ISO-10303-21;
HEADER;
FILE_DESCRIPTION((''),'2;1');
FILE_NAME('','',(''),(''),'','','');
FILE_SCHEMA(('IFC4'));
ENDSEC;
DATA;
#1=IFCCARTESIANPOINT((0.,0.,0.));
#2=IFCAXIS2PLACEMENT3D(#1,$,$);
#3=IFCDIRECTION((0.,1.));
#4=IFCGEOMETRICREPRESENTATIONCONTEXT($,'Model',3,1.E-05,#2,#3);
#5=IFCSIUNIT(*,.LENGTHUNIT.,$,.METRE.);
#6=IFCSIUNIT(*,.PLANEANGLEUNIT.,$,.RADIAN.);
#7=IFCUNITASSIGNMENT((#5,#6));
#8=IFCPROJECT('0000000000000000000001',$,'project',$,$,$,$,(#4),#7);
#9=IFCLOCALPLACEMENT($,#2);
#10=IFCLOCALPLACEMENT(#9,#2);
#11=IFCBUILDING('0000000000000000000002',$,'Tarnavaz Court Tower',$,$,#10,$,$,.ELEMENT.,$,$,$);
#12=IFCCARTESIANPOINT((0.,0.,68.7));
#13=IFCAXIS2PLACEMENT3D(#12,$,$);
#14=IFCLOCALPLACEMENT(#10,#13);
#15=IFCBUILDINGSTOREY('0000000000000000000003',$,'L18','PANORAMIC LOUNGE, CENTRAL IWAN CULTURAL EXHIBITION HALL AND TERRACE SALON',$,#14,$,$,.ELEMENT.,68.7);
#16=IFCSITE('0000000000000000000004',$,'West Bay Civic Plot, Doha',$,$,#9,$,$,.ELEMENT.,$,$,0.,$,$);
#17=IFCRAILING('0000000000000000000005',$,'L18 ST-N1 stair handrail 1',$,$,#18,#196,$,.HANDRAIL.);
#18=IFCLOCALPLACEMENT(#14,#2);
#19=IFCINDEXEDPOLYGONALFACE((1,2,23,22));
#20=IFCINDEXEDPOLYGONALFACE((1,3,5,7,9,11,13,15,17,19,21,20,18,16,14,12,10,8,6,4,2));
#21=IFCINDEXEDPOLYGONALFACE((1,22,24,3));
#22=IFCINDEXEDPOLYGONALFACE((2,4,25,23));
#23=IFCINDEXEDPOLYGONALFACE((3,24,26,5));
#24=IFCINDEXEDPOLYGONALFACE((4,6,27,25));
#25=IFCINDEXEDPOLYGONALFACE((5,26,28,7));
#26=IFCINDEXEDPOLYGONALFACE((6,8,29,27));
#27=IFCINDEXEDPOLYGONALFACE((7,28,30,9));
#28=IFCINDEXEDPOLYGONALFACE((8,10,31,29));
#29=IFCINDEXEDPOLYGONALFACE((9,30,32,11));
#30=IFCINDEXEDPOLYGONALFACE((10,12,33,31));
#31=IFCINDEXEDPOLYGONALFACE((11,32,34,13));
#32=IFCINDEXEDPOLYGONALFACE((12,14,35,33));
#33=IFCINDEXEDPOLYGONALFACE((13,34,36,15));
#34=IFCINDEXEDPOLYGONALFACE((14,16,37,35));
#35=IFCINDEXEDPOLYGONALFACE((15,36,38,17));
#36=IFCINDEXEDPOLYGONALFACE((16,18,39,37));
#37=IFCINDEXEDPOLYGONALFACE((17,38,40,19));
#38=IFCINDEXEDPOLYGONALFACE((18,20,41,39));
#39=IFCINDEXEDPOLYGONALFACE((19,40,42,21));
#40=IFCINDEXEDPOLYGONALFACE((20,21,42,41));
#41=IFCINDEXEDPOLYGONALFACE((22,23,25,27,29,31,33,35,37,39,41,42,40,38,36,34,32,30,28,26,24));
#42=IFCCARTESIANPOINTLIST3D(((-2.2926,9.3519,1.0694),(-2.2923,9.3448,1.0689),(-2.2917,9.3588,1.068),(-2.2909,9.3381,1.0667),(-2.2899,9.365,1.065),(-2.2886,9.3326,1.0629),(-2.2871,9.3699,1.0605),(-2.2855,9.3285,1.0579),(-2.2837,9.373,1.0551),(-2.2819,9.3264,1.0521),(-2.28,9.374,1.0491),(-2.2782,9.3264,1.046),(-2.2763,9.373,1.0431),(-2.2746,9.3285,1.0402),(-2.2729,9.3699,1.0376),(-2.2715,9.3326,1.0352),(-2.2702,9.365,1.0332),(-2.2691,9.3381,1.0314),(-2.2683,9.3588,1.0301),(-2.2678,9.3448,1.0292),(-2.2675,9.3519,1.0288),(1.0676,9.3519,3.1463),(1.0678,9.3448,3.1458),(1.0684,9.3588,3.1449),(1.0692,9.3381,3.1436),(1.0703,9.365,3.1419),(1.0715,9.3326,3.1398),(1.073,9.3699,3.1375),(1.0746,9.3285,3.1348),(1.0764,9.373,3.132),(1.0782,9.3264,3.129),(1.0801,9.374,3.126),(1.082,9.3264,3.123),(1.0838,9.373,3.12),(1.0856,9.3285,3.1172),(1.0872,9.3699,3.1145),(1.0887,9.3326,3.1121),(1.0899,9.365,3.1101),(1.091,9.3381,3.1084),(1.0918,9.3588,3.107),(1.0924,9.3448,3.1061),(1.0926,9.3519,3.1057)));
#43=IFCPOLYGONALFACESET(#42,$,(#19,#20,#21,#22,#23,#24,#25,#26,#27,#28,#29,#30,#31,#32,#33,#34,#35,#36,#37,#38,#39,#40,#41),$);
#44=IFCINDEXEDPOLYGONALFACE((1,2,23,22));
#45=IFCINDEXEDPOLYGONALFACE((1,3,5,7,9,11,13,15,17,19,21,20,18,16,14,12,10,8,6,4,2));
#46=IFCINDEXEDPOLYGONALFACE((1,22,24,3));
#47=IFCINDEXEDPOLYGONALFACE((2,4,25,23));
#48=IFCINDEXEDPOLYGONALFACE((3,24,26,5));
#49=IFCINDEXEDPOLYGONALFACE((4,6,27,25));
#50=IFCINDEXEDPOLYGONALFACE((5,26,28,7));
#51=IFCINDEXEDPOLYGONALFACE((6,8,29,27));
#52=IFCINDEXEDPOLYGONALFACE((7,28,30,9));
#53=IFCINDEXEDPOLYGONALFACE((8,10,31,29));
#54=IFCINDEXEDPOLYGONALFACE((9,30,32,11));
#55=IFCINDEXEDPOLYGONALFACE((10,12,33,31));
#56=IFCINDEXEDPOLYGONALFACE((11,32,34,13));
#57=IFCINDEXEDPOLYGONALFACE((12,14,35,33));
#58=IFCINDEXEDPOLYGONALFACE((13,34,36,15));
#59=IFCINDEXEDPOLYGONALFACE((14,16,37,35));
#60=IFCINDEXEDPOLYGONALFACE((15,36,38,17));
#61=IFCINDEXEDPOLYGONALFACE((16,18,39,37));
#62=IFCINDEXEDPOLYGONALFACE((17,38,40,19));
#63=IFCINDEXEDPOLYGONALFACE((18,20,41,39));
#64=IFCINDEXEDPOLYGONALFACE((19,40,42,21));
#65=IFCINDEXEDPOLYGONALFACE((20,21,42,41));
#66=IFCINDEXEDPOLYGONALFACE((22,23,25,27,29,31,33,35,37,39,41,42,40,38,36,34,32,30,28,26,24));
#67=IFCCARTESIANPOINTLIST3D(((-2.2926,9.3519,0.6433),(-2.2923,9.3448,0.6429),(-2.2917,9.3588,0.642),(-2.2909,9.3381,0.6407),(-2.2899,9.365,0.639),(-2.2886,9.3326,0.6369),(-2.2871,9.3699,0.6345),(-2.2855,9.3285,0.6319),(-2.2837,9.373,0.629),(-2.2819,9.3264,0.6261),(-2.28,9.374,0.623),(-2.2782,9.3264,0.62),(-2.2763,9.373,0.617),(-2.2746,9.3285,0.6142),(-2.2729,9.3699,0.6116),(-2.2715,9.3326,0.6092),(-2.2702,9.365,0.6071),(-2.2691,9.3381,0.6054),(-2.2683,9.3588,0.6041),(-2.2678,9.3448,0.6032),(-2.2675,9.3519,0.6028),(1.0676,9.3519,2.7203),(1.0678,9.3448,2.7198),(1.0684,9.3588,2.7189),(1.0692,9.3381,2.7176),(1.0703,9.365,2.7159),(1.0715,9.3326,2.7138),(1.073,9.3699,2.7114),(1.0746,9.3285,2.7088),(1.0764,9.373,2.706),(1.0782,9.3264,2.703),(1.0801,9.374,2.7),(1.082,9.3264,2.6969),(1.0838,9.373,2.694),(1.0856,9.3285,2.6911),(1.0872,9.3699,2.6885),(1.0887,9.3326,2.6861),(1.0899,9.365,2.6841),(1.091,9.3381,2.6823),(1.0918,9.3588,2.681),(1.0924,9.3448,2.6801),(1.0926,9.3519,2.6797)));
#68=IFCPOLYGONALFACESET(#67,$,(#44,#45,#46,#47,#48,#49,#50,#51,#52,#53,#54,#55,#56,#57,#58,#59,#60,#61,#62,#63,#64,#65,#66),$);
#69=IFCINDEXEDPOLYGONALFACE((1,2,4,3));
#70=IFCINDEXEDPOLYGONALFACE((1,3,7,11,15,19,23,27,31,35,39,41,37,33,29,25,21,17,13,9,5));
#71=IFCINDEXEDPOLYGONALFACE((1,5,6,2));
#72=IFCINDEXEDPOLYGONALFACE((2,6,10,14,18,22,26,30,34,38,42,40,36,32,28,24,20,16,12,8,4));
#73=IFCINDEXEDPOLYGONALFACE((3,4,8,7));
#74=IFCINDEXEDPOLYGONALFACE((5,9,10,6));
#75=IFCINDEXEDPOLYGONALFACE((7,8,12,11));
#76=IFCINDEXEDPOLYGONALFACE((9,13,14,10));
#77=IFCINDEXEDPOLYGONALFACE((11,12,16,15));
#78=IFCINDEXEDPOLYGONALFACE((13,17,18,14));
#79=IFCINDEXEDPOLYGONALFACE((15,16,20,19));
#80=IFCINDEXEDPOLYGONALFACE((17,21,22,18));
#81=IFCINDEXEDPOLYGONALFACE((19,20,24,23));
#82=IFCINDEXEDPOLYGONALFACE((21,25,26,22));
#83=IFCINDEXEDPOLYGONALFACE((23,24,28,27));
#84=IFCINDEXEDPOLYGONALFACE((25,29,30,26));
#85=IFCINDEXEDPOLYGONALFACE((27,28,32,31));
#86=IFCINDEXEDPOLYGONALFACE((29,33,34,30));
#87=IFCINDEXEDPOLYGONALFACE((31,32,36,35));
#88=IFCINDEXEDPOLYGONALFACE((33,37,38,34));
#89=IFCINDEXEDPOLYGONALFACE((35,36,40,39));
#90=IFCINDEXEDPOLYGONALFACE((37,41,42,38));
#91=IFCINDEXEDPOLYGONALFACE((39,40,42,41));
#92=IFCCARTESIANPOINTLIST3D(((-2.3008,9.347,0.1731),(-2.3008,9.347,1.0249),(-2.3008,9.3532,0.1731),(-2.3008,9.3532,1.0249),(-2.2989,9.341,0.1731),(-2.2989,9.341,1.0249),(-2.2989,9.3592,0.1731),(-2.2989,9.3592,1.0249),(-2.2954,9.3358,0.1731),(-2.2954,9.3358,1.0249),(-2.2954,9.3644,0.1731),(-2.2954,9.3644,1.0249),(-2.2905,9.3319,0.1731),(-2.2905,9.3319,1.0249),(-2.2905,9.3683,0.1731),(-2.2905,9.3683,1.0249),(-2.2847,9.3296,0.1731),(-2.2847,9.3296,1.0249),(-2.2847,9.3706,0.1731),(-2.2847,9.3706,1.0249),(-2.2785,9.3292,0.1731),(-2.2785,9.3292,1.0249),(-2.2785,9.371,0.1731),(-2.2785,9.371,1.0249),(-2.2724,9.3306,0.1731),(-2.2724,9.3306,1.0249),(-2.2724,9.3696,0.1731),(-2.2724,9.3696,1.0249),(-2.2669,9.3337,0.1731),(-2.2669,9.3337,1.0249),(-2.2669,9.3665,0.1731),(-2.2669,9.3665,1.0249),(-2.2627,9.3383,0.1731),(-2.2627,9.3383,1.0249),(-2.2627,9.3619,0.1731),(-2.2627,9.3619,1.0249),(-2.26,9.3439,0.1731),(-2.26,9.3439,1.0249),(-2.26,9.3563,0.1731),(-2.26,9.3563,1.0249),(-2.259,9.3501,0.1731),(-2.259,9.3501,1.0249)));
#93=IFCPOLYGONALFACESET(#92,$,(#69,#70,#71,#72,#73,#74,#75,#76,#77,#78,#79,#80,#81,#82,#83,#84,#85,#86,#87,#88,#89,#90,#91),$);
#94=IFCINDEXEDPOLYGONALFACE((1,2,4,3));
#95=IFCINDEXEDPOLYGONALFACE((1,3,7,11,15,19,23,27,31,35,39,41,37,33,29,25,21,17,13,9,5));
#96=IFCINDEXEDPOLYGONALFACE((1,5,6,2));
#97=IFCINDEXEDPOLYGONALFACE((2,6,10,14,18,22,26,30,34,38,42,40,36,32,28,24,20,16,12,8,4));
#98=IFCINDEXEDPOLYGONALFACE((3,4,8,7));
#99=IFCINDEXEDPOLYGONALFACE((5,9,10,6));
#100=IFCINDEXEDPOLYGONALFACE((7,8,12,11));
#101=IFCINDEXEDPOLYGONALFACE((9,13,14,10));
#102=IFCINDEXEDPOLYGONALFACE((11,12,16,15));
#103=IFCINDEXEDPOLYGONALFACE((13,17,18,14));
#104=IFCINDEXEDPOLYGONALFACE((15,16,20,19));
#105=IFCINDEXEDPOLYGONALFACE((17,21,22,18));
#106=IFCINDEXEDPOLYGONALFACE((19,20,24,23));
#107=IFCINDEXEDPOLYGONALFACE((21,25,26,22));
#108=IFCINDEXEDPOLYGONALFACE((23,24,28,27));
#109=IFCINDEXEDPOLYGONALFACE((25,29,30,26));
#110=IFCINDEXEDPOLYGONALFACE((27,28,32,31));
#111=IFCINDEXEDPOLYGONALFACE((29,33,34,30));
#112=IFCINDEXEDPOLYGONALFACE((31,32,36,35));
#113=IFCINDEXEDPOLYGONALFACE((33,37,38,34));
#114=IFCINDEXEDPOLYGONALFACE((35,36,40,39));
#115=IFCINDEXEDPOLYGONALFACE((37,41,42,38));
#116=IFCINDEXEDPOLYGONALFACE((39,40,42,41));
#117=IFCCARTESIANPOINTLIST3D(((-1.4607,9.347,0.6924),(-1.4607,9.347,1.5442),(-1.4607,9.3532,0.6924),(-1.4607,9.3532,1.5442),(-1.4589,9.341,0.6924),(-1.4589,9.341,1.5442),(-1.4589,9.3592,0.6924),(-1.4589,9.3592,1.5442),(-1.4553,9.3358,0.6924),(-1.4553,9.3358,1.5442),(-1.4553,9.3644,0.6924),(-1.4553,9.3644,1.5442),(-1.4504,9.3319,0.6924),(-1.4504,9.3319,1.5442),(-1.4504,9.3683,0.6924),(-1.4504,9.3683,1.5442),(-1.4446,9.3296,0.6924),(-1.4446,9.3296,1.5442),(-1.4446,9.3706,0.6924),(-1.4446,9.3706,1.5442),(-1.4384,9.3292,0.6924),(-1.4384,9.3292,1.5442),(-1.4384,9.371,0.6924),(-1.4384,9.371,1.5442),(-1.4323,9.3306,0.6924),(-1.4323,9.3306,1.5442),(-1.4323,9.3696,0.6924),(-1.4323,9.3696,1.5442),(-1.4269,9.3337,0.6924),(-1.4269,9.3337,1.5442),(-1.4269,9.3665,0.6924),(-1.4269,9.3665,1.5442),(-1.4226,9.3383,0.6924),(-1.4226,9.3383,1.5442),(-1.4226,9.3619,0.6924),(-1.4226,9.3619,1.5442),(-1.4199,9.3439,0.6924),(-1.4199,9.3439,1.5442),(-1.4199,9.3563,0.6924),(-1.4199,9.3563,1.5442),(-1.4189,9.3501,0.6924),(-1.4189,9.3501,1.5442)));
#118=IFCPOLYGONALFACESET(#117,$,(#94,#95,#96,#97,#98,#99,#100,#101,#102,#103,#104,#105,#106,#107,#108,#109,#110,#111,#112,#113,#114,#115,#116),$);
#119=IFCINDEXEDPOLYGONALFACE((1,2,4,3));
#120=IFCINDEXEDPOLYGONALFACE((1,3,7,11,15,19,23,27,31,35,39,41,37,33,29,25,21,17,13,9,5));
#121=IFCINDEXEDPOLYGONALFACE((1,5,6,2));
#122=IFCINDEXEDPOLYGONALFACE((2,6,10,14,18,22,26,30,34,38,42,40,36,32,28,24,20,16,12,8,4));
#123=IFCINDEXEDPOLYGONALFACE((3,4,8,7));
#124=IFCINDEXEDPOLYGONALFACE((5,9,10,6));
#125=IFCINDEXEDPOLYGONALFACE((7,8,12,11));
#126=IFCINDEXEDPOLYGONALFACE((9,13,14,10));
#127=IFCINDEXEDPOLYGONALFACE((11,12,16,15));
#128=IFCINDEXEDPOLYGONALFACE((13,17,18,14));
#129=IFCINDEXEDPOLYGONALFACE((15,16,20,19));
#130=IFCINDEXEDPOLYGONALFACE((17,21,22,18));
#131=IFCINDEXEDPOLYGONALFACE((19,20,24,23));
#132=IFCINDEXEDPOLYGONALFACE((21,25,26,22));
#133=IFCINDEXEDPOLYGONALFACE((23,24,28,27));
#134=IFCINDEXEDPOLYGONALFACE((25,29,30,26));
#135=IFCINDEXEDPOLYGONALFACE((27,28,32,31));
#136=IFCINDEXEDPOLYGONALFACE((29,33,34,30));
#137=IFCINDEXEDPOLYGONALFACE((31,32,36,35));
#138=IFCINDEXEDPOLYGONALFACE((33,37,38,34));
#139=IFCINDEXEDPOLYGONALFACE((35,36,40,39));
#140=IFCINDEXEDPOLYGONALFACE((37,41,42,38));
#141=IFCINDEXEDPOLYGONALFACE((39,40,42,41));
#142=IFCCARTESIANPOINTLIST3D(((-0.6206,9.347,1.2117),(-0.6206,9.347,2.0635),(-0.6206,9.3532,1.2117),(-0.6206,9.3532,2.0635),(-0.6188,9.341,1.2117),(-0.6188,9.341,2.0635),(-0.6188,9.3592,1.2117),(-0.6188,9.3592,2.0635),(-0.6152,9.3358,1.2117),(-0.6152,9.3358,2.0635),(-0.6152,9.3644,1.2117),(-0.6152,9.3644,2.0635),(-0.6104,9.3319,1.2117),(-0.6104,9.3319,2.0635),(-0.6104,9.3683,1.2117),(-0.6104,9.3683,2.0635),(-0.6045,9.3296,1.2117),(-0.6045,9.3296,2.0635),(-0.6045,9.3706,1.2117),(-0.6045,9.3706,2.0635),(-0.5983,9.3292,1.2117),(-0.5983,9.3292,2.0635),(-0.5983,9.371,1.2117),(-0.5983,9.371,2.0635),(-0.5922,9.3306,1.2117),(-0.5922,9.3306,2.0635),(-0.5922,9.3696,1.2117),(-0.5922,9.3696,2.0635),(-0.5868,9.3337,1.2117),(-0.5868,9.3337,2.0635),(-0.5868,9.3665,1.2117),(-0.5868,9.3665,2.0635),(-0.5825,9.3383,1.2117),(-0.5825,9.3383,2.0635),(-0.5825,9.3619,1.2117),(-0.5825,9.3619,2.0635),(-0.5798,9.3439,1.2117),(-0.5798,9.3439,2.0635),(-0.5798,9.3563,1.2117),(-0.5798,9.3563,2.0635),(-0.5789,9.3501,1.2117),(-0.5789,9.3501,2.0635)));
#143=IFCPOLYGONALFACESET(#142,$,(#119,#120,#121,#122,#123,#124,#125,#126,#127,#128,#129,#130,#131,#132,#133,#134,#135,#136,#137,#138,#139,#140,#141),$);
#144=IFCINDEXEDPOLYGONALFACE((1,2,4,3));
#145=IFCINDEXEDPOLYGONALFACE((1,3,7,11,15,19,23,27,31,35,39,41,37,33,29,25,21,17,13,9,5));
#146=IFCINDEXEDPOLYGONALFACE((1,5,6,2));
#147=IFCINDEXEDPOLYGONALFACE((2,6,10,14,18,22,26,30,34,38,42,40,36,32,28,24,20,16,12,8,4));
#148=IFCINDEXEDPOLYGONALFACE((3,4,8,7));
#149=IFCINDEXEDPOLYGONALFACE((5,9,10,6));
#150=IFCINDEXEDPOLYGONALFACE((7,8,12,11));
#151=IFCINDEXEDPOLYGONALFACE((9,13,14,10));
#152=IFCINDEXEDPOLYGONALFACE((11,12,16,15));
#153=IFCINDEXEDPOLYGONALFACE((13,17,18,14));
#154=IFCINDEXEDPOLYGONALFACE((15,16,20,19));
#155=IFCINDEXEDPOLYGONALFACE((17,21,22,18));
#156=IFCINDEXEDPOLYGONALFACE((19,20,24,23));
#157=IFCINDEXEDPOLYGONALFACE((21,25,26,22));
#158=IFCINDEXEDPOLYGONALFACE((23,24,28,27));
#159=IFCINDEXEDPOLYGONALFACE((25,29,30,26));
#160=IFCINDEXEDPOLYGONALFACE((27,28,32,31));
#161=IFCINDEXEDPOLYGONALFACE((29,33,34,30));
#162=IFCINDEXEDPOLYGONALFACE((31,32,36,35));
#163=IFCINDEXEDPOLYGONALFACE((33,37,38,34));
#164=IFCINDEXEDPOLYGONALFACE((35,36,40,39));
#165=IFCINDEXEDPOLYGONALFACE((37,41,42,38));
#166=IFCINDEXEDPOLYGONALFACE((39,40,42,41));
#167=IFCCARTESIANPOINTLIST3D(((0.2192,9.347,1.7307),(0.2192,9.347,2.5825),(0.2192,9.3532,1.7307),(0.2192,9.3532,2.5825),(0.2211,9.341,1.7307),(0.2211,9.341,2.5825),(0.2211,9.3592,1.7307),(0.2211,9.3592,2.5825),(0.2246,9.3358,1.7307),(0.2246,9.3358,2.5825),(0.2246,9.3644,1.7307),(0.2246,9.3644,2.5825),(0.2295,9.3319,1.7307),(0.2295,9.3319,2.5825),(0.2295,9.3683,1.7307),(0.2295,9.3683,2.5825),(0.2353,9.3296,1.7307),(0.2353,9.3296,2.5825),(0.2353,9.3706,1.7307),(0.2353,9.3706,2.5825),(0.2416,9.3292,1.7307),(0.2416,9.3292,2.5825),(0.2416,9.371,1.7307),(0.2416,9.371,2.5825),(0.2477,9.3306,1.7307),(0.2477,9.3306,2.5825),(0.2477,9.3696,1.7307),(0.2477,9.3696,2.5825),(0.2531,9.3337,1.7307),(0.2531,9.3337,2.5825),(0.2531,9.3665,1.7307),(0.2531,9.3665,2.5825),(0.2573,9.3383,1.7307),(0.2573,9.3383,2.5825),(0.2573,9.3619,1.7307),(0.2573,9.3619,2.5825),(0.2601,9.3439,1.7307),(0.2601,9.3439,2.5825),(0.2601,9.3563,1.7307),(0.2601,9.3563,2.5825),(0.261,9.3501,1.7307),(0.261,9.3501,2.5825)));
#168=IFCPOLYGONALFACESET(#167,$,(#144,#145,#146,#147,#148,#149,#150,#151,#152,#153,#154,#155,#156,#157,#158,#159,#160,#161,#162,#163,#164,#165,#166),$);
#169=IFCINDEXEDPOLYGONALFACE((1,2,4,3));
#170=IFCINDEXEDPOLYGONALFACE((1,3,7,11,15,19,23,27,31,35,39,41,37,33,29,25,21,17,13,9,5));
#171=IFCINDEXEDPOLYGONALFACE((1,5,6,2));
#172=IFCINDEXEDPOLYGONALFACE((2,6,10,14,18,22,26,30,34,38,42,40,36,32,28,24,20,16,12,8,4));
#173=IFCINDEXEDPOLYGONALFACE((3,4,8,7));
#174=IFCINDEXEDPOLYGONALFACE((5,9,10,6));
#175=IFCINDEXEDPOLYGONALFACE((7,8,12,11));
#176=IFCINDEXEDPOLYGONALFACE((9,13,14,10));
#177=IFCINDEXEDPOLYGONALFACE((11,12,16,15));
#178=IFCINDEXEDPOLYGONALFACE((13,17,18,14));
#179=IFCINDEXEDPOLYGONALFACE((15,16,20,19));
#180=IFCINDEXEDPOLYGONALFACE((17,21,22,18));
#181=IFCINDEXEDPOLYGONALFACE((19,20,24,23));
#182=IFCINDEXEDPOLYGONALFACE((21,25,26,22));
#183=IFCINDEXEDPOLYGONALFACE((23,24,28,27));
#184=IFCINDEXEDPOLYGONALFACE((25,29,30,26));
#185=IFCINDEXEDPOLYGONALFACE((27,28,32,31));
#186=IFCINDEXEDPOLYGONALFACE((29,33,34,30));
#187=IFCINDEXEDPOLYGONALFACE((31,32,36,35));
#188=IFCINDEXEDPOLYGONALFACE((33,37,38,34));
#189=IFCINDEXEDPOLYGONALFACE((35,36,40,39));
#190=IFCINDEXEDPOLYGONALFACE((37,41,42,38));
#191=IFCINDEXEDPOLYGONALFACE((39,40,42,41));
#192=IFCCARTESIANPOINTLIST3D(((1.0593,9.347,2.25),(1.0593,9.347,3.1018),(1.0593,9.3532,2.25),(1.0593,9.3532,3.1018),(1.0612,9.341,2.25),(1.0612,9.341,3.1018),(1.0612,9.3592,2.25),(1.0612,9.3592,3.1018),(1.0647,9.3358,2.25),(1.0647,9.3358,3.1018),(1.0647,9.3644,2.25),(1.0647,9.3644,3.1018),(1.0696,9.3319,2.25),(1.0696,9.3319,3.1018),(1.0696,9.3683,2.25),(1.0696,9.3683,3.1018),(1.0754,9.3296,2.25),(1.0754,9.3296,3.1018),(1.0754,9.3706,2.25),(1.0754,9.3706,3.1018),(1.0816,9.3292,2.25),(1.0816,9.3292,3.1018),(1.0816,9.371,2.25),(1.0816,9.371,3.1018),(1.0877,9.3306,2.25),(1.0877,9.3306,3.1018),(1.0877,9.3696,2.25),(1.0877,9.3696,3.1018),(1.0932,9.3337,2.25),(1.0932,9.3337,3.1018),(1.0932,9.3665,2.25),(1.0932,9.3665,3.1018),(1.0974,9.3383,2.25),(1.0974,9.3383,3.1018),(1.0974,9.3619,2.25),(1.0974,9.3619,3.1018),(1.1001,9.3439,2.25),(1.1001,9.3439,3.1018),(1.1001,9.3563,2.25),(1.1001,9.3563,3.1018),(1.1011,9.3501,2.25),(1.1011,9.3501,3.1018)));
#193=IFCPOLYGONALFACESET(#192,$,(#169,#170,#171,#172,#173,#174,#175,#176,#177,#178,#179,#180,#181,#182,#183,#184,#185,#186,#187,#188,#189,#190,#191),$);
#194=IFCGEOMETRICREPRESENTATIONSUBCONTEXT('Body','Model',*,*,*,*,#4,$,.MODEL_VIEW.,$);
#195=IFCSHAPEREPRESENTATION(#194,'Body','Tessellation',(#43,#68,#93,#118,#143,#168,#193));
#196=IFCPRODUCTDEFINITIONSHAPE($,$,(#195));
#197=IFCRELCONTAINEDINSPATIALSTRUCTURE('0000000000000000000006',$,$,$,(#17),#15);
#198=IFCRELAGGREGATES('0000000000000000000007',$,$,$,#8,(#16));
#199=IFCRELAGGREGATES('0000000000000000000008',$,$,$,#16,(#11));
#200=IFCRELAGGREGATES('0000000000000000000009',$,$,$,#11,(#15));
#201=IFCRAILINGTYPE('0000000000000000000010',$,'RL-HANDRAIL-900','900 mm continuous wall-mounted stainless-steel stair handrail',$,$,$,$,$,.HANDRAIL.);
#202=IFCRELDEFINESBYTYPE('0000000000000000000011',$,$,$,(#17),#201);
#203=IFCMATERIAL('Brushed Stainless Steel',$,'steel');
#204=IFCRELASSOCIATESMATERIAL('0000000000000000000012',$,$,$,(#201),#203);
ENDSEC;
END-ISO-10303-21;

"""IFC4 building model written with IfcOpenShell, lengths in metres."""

from ifc_helpers import new_model, si_unit, direction, frame, origin, origin_2d, place, context, subcontext, project, spatial, circle, extrude, material, type_object, element, save


model = new_model("IFC4")

# Units and contexts
model_context = context("Model", 3, precision=1e-05, world=origin(), true_north=direction((0.0, 1.0)))
body_context = subcontext(model_context, "Body", "Model", "MODEL_VIEW")
ifc_project = project(units=[si_unit("LENGTHUNIT", "METRE"), si_unit("PLANEANGLEUNIT", "RADIAN")], contexts=[model_context])

# Site, building, storey
site_placement = place(None, origin())
site = spatial("IfcSite", under=ifc_project, at=site_placement, Name="West Bay Civic Plot, Doha", CompositionType="ELEMENT", RefElevation=0.0)
building_placement = place(site_placement, origin())
building = spatial("IfcBuilding", under=site, at=building_placement, Name="Tarnavaz Court Tower", CompositionType="ELEMENT")
storey_placement = place(building_placement, frame((0.0, 0.0, 68.7)))
storey = spatial("IfcBuildingStorey", under=building, at=storey_placement, Name="L18", Description="PANORAMIC LOUNGE, CENTRAL IWAN CULTURAL EXHIBITION HALL AND TERRACE SALON", CompositionType="ELEMENT", Elevation=68.7)

# Railing
ifc_material_1 = material(Name="Brushed Stainless Steel", Category="steel")
railing_type_1 = type_object("IfcRailingType", Name="RL-HANDRAIL-900", Description="900 mm continuous wall-mounted stainless-steel stair handrail", PredefinedType="HANDRAIL", material=ifc_material_1)
railing_1_placement = place(storey_placement, frame((-2.28, 9.3501, 0.1731)))
element("IfcRailing", 1, at=railing_1_placement, inside=storey, type_object=railing_type_1, Name="L18 ST-N1 stair handrail 1", PredefinedType="HANDRAIL", context=body_context, shape_type="SweptSolid", body=[
    extrude(circle(Radius=0.0239, at=origin_2d()), frame((0.0, 0.0, 0.876), z_axis=(0.850623, 0.0, 0.525776), x_axis=(0.0, 1.0, 0.0)), (0.0, 0.0, 1.0), 3.9502),
    extrude(circle(Radius=0.0239, at=origin_2d()), frame((0.0, 0.0, 0.45), z_axis=(0.850623, 0.0, 0.525776), x_axis=(0.0, 1.0, 0.0)), (0.0, 0.0, 1.0), 3.9502),
    extrude(circle(Radius=0.021, at=origin_2d()), origin(), (0.0, 0.0, 1.0), 0.8518),
    extrude(circle(Radius=0.021, at=origin_2d()), frame((0.8401, 0.0, 0.5193)), (0.0, 0.0, 1.0), 0.8518),
    extrude(circle(Radius=0.021, at=origin_2d()), frame((1.6802, 0.0, 1.0386)), (0.0, 0.0, 1.0), 0.8518),
    extrude(circle(Radius=0.021, at=origin_2d()), frame((2.52, 0.0, 1.5576)), (0.0, 0.0, 1.0), 0.8518),
    extrude(circle(Radius=0.021, at=origin_2d()), frame((3.3601, 0.0, 2.0769)), (0.0, 0.0, 1.0), 0.8518),
])

save(model, "model.ifc")
